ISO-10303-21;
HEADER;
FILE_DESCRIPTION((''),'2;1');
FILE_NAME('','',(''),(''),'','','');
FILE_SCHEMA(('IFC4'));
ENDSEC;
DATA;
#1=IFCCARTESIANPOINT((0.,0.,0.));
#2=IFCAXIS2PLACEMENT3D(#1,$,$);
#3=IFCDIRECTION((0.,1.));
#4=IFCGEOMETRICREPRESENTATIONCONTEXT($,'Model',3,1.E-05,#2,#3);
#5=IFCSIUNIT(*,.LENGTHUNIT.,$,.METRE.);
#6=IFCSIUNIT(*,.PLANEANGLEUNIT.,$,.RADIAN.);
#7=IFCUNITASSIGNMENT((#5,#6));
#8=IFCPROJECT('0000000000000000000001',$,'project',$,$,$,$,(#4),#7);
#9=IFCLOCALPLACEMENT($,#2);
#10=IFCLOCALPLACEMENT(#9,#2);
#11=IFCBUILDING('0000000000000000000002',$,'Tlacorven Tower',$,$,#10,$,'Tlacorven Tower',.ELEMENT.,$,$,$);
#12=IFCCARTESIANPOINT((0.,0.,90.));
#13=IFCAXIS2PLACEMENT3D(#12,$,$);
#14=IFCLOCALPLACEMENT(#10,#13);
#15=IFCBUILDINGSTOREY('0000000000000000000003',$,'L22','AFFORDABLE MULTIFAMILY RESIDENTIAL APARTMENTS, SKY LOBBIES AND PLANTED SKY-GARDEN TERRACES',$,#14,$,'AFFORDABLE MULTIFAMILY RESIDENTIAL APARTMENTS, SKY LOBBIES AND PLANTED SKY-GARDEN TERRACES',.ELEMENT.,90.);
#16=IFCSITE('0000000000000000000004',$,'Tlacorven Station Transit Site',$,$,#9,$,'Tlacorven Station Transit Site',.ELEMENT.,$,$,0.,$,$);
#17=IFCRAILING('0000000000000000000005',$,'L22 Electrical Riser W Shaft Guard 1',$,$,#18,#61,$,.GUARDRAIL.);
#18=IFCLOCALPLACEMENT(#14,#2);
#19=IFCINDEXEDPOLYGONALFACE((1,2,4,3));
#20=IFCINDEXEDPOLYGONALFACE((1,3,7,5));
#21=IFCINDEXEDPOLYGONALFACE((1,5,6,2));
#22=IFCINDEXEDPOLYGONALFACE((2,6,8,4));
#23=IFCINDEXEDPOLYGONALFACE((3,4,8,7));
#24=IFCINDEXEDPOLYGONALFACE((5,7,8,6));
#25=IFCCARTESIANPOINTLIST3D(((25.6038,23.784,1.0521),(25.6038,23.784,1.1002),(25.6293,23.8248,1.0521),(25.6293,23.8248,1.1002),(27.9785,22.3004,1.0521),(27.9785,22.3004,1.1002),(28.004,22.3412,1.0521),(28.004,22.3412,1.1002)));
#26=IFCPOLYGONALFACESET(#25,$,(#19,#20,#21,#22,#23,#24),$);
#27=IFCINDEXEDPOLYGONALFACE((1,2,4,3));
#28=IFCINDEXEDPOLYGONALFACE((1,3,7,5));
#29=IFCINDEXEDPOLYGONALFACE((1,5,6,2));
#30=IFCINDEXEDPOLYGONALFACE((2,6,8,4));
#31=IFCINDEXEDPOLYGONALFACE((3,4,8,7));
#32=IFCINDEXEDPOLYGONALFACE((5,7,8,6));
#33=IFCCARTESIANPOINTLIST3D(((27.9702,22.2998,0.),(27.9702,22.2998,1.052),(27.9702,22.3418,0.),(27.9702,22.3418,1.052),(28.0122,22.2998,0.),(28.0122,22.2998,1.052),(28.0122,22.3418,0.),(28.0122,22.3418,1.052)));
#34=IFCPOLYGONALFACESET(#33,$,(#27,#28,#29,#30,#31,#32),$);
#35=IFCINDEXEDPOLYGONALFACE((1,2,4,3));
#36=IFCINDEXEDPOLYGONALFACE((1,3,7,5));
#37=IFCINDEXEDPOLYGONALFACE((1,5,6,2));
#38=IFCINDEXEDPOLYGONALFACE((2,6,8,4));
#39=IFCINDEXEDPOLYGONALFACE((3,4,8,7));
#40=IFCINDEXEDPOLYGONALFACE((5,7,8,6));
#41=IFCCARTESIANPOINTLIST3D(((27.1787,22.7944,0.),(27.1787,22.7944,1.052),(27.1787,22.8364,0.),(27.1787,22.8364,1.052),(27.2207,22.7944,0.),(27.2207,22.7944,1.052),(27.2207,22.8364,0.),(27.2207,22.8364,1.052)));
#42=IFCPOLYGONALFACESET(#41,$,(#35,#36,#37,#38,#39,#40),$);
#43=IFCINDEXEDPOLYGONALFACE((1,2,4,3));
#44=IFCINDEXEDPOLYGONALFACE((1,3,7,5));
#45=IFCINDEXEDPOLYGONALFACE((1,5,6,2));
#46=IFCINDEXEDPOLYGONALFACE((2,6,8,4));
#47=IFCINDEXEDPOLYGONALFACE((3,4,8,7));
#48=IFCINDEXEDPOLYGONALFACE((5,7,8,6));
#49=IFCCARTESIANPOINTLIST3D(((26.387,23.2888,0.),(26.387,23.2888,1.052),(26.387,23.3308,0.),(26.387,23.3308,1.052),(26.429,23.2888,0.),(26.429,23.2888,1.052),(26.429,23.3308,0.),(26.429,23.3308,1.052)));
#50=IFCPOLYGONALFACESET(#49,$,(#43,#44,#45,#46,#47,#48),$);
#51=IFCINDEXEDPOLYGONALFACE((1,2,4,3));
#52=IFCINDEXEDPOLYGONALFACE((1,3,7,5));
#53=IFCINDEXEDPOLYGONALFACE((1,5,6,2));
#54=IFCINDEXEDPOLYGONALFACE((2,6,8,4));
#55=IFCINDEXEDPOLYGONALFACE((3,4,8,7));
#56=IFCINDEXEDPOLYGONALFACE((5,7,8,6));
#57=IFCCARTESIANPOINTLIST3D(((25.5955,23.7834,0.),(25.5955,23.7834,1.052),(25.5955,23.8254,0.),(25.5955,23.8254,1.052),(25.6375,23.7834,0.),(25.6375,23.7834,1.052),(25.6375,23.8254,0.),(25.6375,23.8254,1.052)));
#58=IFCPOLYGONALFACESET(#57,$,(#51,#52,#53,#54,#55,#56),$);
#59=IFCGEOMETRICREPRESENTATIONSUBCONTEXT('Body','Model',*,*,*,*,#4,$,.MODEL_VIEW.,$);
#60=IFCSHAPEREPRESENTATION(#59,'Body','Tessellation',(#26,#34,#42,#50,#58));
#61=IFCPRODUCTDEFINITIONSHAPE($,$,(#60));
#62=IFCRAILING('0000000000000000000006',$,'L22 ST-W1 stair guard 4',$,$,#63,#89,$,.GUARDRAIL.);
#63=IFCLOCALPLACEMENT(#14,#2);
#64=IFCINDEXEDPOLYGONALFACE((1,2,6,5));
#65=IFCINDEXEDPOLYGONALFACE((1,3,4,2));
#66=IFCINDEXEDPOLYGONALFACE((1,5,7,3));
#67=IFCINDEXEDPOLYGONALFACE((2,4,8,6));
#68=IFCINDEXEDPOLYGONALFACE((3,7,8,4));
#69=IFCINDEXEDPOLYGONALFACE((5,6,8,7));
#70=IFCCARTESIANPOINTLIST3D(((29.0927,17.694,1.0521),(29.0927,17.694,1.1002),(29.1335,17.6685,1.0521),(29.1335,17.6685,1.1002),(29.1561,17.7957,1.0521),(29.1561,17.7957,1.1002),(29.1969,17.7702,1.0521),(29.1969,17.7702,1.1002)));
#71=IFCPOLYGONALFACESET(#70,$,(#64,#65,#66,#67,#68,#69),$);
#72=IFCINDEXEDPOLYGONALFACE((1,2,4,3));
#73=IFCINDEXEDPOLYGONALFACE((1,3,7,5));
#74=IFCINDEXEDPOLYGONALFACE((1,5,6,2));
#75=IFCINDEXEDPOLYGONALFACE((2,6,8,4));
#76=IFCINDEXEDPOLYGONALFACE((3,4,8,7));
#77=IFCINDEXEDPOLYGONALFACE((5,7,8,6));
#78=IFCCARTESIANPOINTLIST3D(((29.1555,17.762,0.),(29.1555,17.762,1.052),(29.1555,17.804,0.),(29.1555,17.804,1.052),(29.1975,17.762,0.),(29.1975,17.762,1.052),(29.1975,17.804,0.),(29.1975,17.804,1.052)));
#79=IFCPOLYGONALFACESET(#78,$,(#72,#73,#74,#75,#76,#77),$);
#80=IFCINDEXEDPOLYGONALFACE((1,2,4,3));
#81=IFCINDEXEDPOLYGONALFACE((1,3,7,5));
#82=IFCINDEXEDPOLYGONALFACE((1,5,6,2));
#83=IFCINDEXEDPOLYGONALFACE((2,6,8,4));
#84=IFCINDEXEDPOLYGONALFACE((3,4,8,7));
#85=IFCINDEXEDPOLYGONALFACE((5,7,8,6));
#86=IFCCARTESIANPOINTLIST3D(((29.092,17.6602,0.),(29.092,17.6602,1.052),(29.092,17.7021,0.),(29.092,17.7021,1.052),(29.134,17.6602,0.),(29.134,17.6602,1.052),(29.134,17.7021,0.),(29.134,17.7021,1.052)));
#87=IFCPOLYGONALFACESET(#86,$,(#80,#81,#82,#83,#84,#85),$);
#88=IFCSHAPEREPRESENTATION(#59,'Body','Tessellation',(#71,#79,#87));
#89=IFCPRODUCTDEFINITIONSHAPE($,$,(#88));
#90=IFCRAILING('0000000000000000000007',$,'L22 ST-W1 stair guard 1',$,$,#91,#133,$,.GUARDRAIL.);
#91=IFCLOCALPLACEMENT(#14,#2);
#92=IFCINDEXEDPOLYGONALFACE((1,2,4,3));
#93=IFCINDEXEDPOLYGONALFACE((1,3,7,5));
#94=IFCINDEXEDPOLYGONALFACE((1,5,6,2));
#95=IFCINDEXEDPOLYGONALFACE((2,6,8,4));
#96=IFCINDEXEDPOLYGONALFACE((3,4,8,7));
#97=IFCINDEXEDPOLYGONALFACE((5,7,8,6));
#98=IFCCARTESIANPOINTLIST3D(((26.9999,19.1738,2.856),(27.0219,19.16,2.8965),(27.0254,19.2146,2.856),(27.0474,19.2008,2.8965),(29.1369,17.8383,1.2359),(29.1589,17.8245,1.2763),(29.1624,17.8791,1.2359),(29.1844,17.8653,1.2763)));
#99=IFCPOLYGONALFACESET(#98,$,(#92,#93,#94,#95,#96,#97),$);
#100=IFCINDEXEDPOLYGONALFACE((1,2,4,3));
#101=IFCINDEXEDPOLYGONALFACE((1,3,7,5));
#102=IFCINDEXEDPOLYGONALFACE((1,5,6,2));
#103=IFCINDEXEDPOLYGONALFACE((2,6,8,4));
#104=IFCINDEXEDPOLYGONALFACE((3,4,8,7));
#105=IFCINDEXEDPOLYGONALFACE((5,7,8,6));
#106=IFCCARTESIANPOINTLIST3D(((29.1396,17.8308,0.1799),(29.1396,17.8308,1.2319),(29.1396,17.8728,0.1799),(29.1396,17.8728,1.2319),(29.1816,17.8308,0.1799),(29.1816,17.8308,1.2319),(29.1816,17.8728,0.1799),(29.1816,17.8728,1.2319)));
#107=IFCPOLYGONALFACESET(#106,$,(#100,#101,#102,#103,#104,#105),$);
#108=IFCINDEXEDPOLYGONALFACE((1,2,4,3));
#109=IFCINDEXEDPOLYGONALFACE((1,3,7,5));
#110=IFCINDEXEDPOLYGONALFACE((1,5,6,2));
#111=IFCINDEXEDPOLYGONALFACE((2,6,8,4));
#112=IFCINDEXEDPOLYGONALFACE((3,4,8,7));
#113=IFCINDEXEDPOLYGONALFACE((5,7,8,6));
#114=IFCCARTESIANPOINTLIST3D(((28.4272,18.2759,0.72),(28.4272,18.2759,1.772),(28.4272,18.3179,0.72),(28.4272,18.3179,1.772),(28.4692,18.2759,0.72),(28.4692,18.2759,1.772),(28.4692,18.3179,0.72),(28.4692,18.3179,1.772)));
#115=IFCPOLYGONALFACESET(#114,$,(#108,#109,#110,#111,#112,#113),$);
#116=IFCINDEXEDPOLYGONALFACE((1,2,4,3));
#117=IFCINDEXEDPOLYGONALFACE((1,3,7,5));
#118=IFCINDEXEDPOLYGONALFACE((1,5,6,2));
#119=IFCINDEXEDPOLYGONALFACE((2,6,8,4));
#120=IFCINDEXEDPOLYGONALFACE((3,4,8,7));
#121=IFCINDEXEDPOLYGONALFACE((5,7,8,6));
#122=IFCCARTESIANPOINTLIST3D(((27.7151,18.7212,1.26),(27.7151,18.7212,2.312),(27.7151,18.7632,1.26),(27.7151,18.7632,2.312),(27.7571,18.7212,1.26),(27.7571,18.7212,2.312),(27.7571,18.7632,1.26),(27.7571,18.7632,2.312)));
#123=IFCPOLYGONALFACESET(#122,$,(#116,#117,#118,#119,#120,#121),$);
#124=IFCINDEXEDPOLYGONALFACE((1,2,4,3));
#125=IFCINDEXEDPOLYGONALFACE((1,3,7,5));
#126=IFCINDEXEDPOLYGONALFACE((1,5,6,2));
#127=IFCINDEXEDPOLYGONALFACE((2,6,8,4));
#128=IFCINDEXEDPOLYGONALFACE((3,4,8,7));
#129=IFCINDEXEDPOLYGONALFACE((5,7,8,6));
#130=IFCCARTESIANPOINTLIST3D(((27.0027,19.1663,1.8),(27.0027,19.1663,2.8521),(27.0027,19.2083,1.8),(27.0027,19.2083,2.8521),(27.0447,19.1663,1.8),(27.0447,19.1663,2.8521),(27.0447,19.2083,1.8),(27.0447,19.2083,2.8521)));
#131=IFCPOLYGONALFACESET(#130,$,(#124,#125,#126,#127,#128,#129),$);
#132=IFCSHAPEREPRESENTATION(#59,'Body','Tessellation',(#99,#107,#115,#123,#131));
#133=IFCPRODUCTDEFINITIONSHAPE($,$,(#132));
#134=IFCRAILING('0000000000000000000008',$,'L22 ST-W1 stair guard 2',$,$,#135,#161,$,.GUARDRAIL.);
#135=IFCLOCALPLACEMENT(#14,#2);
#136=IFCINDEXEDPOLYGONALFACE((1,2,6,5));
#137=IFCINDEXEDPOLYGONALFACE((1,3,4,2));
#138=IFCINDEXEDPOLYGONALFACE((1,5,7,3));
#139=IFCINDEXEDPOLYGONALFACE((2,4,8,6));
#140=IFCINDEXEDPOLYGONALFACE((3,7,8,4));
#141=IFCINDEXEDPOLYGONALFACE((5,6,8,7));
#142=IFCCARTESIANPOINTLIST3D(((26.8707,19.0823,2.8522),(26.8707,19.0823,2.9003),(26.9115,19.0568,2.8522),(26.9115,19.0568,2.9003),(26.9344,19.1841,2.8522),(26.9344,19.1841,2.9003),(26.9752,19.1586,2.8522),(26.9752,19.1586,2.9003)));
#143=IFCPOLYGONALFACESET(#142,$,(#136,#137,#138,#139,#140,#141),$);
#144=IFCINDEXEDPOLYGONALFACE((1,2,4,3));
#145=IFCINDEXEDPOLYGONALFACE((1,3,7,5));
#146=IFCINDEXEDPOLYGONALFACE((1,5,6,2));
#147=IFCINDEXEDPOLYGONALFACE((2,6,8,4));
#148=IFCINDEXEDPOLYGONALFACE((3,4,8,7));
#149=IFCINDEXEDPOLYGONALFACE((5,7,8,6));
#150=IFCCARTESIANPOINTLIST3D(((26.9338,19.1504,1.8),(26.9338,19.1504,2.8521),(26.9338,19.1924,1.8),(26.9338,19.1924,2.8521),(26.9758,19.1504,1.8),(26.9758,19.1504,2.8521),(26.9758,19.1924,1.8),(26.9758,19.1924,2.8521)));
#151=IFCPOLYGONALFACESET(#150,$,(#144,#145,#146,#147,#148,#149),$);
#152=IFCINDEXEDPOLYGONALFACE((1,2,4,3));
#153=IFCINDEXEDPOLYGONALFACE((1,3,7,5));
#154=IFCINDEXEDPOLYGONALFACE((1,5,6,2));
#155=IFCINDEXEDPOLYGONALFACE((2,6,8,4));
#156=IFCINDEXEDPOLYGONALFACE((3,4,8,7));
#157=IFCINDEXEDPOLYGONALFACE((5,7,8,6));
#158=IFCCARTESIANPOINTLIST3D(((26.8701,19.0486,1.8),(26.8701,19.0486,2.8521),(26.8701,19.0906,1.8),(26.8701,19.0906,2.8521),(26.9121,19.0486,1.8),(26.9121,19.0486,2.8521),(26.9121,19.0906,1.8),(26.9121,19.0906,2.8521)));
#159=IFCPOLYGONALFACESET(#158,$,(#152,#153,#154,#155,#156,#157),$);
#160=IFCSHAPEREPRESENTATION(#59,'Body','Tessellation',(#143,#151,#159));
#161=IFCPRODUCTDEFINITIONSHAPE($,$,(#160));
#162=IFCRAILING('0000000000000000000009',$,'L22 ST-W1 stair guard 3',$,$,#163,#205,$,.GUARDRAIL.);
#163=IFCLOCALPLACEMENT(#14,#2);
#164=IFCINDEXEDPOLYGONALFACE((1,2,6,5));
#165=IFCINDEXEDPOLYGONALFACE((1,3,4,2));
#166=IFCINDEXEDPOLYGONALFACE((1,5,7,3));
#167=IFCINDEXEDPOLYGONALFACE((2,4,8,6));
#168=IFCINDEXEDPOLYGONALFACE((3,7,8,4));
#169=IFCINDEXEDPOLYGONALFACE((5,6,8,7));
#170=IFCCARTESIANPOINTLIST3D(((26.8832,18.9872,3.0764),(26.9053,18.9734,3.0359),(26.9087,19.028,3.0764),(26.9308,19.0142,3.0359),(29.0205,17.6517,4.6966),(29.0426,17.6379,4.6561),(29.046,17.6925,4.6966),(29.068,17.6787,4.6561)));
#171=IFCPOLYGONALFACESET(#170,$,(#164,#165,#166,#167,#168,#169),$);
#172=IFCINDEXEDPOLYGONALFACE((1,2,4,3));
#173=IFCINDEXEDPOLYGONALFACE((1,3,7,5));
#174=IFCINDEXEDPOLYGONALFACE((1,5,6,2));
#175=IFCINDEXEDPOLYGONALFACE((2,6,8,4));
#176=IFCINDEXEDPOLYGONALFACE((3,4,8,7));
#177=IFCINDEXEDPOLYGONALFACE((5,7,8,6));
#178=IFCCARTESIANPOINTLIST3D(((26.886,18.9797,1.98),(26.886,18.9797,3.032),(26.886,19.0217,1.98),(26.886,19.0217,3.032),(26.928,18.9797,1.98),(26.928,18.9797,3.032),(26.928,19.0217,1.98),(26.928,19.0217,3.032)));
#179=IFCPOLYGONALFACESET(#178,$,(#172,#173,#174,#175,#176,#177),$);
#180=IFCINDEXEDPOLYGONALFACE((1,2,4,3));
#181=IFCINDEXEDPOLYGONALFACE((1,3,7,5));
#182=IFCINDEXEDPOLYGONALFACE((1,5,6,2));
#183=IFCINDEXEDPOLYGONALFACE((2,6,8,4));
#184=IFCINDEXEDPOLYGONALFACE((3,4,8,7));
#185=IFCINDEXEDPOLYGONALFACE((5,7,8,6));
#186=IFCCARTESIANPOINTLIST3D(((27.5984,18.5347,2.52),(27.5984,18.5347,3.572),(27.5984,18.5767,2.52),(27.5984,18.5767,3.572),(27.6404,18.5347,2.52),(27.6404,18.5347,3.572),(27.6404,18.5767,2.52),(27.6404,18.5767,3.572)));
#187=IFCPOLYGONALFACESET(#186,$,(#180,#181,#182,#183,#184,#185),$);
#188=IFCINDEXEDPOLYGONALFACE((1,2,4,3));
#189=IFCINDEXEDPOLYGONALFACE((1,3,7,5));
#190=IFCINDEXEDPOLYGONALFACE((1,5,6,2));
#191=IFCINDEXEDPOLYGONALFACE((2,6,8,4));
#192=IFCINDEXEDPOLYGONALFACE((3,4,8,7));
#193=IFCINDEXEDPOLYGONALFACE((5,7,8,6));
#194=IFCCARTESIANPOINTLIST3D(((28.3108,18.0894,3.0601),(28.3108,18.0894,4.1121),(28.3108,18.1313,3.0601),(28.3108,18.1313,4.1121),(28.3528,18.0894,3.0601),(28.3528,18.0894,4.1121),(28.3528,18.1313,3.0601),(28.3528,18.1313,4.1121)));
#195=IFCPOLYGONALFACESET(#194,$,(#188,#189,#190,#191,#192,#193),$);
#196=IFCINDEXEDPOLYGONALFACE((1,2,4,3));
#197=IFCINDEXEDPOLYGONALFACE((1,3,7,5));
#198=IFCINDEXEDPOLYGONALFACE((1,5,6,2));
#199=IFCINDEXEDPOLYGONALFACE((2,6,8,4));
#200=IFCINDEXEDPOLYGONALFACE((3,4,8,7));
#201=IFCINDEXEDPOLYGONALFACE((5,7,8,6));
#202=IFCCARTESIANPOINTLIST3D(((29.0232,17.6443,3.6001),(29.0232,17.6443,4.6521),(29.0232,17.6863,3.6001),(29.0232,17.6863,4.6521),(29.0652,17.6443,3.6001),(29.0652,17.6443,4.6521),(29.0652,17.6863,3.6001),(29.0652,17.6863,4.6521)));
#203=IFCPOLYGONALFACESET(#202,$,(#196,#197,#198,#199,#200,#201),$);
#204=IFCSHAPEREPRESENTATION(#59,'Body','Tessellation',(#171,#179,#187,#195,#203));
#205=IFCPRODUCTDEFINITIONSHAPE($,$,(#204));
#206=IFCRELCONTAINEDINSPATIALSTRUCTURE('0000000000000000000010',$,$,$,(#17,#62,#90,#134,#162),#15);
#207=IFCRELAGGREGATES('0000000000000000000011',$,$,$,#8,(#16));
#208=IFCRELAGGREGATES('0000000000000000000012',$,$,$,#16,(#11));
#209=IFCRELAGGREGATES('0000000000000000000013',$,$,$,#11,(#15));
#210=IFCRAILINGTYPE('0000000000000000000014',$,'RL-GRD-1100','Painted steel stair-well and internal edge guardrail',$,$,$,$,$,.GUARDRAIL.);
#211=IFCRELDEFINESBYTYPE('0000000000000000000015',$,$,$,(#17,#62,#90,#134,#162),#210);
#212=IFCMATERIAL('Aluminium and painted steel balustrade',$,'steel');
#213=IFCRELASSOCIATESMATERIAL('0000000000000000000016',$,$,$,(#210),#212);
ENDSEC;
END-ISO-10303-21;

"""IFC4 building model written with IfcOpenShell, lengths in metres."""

from ifc_helpers import new_model, si_unit, direction, frame, origin, origin_2d, place, context, subcontext, project, spatial, rectangle, extrude, source, transform, mapped, material, type_object, element, save


model = new_model("IFC4")

# Units and contexts
model_context = context("Model", 3, precision=1e-05, world=origin(), true_north=direction((0.0, 1.0)))
body_context = subcontext(model_context, "Body", "Model", "MODEL_VIEW")
ifc_project = project(units=[si_unit("LENGTHUNIT", "METRE"), si_unit("PLANEANGLEUNIT", "RADIAN")], contexts=[model_context])

# Site, building, storey
site_placement = place(None, origin())
site = spatial("IfcSite", under=ifc_project, at=site_placement, Name="Tlacorven Station Transit Site", LongName="Tlacorven Station Transit Site", CompositionType="ELEMENT", RefElevation=0.0)
building_placement = place(site_placement, origin())
building = spatial("IfcBuilding", under=site, at=building_placement, Name="Tlacorven Tower", LongName="Tlacorven Tower", CompositionType="ELEMENT")
storey_placement = place(building_placement, frame((0.0, 0.0, 90.0)))
storey = spatial("IfcBuildingStorey", under=building, at=storey_placement, Name="L22", Description="AFFORDABLE MULTIFAMILY RESIDENTIAL APARTMENTS, SKY LOBBIES AND PLANTED SKY-GARDEN TERRACES", LongName="AFFORDABLE MULTIFAMILY RESIDENTIAL APARTMENTS, SKY LOBBIES AND PLANTED SKY-GARDEN TERRACES", CompositionType="ELEMENT", Elevation=90.0)

# Railings
ifc_material_1 = material(Name="Aluminium and painted steel balustrade", Category="steel")
railing_type_1 = type_object("IfcRailingType", Name="RL-GRD-1100", Description="Painted steel stair-well and internal edge guardrail", PredefinedType="GUARDRAIL", material=ifc_material_1)
shared_shape_1 = source(origin(), body_context, "Body", "SweptSolid", [
    extrude(rectangle(XDim=0.0481, YDim=0.0481, at=origin_2d()), frame((0.0, 0.0, 1.0762), z_axis=(-0.848091, 0.52985, 0.0), x_axis=(-0.52985, -0.848091, 0.0)), (0.0, 0.0, 1.0), 2.8),
    extrude(rectangle(XDim=0.042, YDim=0.042, at=origin_2d()), origin(), (0.0, 0.0, 1.0), 1.052),
    extrude(rectangle(XDim=0.042, YDim=0.042, at=origin_2d()), frame((-0.7915, 0.4946, 0.0)), (0.0, 0.0, 1.0), 1.052),
    extrude(rectangle(XDim=0.042, YDim=0.042, at=origin_2d()), frame((-1.5833, 0.989, 0.0)), (0.0, 0.0, 1.0), 1.052),
    extrude(rectangle(XDim=0.042, YDim=0.042, at=origin_2d()), frame((-2.3748, 1.4836, 0.0)), (0.0, 0.0, 1.0), 1.052),
])
railing_1_placement = place(storey_placement, frame((27.9912, 22.3208, 0.0)))
element("IfcRailing", 1, at=railing_1_placement, inside=storey, type_object=railing_type_1, Name="L22 Electrical Riser W Shaft Guard 1", PredefinedType="GUARDRAIL", context=body_context, shape_type="MappedRepresentation", body=[
    mapped(shared_shape_1, transform((0.0, 0.0, 0.0), scale=1.0)),
])
shared_shape_2 = source(origin(), body_context, "Body", "SweptSolid", [
    extrude(rectangle(XDim=0.0481, YDim=0.0481, at=origin_2d()), frame((0.0, 0.0, 1.0762), z_axis=(-0.529084, -0.848569, 0.0), x_axis=(0.848569, -0.529084, 0.0)), (0.0, 0.0, 1.0), 0.1199),
    extrude(rectangle(XDim=0.042, YDim=0.042, at=origin_2d()), origin(), (0.0, 0.0, 1.0), 1.052),
    extrude(rectangle(XDim=0.042, YDim=0.042, at=origin_2d()), frame((-0.0635, -0.1018, 0.0)), (0.0, 0.0, 1.0), 1.052),
])
railing_2_placement = place(storey_placement, frame((29.1765, 17.783, 0.0)))
element("IfcRailing", 2, at=railing_2_placement, inside=storey, type_object=railing_type_1, Name="L22 ST-W1 stair guard 4", PredefinedType="GUARDRAIL", context=body_context, shape_type="MappedRepresentation", body=[
    mapped(shared_shape_2, transform((0.0, 0.0, 0.0), scale=1.0)),
])
shared_shape_3 = source(origin(), body_context, "Body", "SweptSolid", [
    extrude(rectangle(XDim=0.0481, YDim=0.0481, at=origin_2d()), frame((0.0, 0.0, 1.0762), z_axis=(-0.71332, 0.445774, 0.540796), x_axis=(-0.529955, -0.848026, 0.0)), (0.0, 0.0, 1.0), 2.9958),
    extrude(rectangle(XDim=0.042, YDim=0.042, at=origin_2d()), origin(), (0.0, 0.0, 1.0), 1.052),
    extrude(rectangle(XDim=0.042, YDim=0.042, at=origin_2d()), frame((-0.7124, 0.4451, 0.54)), (0.0, 0.0, 1.0), 1.052),
    extrude(rectangle(XDim=0.042, YDim=0.042, at=origin_2d()), frame((-1.4246, 0.8904, 1.0801)), (0.0, 0.0, 1.0), 1.052),
    extrude(rectangle(XDim=0.042, YDim=0.042, at=origin_2d()), frame((-2.137, 1.3354, 1.6201)), (0.0, 0.0, 1.0), 1.052),
])
railing_3_placement = place(storey_placement, frame((29.1606, 17.8518, 0.1799)))
element("IfcRailing", 3, at=railing_3_placement, inside=storey, type_object=railing_type_1, Name="L22 ST-W1 stair guard 1", PredefinedType="GUARDRAIL", context=body_context, shape_type="MappedRepresentation", body=[
    mapped(shared_shape_3, transform((0.0, 0.0, 0.0), scale=1.0)),
])
shared_shape_4 = source(origin(), body_context, "Body", "SweptSolid", [
    extrude(rectangle(XDim=0.0481, YDim=0.0481, at=origin_2d()), frame((0.0, 0.0, 1.0762), z_axis=(-0.530547, -0.847656, 0.0), x_axis=(0.847656, -0.530547, 0.0)), (0.0, 0.0, 1.0), 0.1201),
    extrude(rectangle(XDim=0.042, YDim=0.042, at=origin_2d()), origin(), (0.0, 0.0, 1.0), 1.052),
    extrude(rectangle(XDim=0.042, YDim=0.042, at=origin_2d()), frame((-0.0637, -0.1018, 0.0)), (0.0, 0.0, 1.0), 1.052),
])
railing_4_placement = place(storey_placement, frame((26.9548, 19.1714, 1.8)))
element("IfcRailing", 4, at=railing_4_placement, inside=storey, type_object=railing_type_1, Name="L22 ST-W1 stair guard 2", PredefinedType="GUARDRAIL", context=body_context, shape_type="MappedRepresentation", body=[
    mapped(shared_shape_4, transform((0.0, 0.0, 0.0), scale=1.0)),
])
shared_shape_5 = source(origin(), body_context, "Body", "SweptSolid", [
    extrude(rectangle(XDim=0.0481, YDim=0.0481, at=origin_2d()), frame((0.0, 0.0, 1.0762), z_axis=(0.71336, -0.445748, 0.540765), x_axis=(0.529912, 0.848053, 0.0)), (0.0, 0.0, 1.0), 2.9961),
    extrude(rectangle(XDim=0.042, YDim=0.042, at=origin_2d()), origin(), (0.0, 0.0, 1.0), 1.052),
    extrude(rectangle(XDim=0.042, YDim=0.042, at=origin_2d()), frame((0.7124, -0.4451, 0.54)), (0.0, 0.0, 1.0), 1.052),
    extrude(rectangle(XDim=0.042, YDim=0.042, at=origin_2d()), frame((1.4248, -0.8904, 1.0801)), (0.0, 0.0, 1.0), 1.052),
    extrude(rectangle(XDim=0.042, YDim=0.042, at=origin_2d()), frame((2.1372, -1.3354, 1.6201)), (0.0, 0.0, 1.0), 1.052),
])
railing_5_placement = place(storey_placement, frame((26.907, 19.0007, 1.98)))
element("IfcRailing", 5, at=railing_5_placement, inside=storey, type_object=railing_type_1, Name="L22 ST-W1 stair guard 3", PredefinedType="GUARDRAIL", context=body_context, shape_type="MappedRepresentation", body=[
    mapped(shared_shape_5, transform((0.0, 0.0, 0.0), scale=1.0)),
])

save(model, "model.ifc")
